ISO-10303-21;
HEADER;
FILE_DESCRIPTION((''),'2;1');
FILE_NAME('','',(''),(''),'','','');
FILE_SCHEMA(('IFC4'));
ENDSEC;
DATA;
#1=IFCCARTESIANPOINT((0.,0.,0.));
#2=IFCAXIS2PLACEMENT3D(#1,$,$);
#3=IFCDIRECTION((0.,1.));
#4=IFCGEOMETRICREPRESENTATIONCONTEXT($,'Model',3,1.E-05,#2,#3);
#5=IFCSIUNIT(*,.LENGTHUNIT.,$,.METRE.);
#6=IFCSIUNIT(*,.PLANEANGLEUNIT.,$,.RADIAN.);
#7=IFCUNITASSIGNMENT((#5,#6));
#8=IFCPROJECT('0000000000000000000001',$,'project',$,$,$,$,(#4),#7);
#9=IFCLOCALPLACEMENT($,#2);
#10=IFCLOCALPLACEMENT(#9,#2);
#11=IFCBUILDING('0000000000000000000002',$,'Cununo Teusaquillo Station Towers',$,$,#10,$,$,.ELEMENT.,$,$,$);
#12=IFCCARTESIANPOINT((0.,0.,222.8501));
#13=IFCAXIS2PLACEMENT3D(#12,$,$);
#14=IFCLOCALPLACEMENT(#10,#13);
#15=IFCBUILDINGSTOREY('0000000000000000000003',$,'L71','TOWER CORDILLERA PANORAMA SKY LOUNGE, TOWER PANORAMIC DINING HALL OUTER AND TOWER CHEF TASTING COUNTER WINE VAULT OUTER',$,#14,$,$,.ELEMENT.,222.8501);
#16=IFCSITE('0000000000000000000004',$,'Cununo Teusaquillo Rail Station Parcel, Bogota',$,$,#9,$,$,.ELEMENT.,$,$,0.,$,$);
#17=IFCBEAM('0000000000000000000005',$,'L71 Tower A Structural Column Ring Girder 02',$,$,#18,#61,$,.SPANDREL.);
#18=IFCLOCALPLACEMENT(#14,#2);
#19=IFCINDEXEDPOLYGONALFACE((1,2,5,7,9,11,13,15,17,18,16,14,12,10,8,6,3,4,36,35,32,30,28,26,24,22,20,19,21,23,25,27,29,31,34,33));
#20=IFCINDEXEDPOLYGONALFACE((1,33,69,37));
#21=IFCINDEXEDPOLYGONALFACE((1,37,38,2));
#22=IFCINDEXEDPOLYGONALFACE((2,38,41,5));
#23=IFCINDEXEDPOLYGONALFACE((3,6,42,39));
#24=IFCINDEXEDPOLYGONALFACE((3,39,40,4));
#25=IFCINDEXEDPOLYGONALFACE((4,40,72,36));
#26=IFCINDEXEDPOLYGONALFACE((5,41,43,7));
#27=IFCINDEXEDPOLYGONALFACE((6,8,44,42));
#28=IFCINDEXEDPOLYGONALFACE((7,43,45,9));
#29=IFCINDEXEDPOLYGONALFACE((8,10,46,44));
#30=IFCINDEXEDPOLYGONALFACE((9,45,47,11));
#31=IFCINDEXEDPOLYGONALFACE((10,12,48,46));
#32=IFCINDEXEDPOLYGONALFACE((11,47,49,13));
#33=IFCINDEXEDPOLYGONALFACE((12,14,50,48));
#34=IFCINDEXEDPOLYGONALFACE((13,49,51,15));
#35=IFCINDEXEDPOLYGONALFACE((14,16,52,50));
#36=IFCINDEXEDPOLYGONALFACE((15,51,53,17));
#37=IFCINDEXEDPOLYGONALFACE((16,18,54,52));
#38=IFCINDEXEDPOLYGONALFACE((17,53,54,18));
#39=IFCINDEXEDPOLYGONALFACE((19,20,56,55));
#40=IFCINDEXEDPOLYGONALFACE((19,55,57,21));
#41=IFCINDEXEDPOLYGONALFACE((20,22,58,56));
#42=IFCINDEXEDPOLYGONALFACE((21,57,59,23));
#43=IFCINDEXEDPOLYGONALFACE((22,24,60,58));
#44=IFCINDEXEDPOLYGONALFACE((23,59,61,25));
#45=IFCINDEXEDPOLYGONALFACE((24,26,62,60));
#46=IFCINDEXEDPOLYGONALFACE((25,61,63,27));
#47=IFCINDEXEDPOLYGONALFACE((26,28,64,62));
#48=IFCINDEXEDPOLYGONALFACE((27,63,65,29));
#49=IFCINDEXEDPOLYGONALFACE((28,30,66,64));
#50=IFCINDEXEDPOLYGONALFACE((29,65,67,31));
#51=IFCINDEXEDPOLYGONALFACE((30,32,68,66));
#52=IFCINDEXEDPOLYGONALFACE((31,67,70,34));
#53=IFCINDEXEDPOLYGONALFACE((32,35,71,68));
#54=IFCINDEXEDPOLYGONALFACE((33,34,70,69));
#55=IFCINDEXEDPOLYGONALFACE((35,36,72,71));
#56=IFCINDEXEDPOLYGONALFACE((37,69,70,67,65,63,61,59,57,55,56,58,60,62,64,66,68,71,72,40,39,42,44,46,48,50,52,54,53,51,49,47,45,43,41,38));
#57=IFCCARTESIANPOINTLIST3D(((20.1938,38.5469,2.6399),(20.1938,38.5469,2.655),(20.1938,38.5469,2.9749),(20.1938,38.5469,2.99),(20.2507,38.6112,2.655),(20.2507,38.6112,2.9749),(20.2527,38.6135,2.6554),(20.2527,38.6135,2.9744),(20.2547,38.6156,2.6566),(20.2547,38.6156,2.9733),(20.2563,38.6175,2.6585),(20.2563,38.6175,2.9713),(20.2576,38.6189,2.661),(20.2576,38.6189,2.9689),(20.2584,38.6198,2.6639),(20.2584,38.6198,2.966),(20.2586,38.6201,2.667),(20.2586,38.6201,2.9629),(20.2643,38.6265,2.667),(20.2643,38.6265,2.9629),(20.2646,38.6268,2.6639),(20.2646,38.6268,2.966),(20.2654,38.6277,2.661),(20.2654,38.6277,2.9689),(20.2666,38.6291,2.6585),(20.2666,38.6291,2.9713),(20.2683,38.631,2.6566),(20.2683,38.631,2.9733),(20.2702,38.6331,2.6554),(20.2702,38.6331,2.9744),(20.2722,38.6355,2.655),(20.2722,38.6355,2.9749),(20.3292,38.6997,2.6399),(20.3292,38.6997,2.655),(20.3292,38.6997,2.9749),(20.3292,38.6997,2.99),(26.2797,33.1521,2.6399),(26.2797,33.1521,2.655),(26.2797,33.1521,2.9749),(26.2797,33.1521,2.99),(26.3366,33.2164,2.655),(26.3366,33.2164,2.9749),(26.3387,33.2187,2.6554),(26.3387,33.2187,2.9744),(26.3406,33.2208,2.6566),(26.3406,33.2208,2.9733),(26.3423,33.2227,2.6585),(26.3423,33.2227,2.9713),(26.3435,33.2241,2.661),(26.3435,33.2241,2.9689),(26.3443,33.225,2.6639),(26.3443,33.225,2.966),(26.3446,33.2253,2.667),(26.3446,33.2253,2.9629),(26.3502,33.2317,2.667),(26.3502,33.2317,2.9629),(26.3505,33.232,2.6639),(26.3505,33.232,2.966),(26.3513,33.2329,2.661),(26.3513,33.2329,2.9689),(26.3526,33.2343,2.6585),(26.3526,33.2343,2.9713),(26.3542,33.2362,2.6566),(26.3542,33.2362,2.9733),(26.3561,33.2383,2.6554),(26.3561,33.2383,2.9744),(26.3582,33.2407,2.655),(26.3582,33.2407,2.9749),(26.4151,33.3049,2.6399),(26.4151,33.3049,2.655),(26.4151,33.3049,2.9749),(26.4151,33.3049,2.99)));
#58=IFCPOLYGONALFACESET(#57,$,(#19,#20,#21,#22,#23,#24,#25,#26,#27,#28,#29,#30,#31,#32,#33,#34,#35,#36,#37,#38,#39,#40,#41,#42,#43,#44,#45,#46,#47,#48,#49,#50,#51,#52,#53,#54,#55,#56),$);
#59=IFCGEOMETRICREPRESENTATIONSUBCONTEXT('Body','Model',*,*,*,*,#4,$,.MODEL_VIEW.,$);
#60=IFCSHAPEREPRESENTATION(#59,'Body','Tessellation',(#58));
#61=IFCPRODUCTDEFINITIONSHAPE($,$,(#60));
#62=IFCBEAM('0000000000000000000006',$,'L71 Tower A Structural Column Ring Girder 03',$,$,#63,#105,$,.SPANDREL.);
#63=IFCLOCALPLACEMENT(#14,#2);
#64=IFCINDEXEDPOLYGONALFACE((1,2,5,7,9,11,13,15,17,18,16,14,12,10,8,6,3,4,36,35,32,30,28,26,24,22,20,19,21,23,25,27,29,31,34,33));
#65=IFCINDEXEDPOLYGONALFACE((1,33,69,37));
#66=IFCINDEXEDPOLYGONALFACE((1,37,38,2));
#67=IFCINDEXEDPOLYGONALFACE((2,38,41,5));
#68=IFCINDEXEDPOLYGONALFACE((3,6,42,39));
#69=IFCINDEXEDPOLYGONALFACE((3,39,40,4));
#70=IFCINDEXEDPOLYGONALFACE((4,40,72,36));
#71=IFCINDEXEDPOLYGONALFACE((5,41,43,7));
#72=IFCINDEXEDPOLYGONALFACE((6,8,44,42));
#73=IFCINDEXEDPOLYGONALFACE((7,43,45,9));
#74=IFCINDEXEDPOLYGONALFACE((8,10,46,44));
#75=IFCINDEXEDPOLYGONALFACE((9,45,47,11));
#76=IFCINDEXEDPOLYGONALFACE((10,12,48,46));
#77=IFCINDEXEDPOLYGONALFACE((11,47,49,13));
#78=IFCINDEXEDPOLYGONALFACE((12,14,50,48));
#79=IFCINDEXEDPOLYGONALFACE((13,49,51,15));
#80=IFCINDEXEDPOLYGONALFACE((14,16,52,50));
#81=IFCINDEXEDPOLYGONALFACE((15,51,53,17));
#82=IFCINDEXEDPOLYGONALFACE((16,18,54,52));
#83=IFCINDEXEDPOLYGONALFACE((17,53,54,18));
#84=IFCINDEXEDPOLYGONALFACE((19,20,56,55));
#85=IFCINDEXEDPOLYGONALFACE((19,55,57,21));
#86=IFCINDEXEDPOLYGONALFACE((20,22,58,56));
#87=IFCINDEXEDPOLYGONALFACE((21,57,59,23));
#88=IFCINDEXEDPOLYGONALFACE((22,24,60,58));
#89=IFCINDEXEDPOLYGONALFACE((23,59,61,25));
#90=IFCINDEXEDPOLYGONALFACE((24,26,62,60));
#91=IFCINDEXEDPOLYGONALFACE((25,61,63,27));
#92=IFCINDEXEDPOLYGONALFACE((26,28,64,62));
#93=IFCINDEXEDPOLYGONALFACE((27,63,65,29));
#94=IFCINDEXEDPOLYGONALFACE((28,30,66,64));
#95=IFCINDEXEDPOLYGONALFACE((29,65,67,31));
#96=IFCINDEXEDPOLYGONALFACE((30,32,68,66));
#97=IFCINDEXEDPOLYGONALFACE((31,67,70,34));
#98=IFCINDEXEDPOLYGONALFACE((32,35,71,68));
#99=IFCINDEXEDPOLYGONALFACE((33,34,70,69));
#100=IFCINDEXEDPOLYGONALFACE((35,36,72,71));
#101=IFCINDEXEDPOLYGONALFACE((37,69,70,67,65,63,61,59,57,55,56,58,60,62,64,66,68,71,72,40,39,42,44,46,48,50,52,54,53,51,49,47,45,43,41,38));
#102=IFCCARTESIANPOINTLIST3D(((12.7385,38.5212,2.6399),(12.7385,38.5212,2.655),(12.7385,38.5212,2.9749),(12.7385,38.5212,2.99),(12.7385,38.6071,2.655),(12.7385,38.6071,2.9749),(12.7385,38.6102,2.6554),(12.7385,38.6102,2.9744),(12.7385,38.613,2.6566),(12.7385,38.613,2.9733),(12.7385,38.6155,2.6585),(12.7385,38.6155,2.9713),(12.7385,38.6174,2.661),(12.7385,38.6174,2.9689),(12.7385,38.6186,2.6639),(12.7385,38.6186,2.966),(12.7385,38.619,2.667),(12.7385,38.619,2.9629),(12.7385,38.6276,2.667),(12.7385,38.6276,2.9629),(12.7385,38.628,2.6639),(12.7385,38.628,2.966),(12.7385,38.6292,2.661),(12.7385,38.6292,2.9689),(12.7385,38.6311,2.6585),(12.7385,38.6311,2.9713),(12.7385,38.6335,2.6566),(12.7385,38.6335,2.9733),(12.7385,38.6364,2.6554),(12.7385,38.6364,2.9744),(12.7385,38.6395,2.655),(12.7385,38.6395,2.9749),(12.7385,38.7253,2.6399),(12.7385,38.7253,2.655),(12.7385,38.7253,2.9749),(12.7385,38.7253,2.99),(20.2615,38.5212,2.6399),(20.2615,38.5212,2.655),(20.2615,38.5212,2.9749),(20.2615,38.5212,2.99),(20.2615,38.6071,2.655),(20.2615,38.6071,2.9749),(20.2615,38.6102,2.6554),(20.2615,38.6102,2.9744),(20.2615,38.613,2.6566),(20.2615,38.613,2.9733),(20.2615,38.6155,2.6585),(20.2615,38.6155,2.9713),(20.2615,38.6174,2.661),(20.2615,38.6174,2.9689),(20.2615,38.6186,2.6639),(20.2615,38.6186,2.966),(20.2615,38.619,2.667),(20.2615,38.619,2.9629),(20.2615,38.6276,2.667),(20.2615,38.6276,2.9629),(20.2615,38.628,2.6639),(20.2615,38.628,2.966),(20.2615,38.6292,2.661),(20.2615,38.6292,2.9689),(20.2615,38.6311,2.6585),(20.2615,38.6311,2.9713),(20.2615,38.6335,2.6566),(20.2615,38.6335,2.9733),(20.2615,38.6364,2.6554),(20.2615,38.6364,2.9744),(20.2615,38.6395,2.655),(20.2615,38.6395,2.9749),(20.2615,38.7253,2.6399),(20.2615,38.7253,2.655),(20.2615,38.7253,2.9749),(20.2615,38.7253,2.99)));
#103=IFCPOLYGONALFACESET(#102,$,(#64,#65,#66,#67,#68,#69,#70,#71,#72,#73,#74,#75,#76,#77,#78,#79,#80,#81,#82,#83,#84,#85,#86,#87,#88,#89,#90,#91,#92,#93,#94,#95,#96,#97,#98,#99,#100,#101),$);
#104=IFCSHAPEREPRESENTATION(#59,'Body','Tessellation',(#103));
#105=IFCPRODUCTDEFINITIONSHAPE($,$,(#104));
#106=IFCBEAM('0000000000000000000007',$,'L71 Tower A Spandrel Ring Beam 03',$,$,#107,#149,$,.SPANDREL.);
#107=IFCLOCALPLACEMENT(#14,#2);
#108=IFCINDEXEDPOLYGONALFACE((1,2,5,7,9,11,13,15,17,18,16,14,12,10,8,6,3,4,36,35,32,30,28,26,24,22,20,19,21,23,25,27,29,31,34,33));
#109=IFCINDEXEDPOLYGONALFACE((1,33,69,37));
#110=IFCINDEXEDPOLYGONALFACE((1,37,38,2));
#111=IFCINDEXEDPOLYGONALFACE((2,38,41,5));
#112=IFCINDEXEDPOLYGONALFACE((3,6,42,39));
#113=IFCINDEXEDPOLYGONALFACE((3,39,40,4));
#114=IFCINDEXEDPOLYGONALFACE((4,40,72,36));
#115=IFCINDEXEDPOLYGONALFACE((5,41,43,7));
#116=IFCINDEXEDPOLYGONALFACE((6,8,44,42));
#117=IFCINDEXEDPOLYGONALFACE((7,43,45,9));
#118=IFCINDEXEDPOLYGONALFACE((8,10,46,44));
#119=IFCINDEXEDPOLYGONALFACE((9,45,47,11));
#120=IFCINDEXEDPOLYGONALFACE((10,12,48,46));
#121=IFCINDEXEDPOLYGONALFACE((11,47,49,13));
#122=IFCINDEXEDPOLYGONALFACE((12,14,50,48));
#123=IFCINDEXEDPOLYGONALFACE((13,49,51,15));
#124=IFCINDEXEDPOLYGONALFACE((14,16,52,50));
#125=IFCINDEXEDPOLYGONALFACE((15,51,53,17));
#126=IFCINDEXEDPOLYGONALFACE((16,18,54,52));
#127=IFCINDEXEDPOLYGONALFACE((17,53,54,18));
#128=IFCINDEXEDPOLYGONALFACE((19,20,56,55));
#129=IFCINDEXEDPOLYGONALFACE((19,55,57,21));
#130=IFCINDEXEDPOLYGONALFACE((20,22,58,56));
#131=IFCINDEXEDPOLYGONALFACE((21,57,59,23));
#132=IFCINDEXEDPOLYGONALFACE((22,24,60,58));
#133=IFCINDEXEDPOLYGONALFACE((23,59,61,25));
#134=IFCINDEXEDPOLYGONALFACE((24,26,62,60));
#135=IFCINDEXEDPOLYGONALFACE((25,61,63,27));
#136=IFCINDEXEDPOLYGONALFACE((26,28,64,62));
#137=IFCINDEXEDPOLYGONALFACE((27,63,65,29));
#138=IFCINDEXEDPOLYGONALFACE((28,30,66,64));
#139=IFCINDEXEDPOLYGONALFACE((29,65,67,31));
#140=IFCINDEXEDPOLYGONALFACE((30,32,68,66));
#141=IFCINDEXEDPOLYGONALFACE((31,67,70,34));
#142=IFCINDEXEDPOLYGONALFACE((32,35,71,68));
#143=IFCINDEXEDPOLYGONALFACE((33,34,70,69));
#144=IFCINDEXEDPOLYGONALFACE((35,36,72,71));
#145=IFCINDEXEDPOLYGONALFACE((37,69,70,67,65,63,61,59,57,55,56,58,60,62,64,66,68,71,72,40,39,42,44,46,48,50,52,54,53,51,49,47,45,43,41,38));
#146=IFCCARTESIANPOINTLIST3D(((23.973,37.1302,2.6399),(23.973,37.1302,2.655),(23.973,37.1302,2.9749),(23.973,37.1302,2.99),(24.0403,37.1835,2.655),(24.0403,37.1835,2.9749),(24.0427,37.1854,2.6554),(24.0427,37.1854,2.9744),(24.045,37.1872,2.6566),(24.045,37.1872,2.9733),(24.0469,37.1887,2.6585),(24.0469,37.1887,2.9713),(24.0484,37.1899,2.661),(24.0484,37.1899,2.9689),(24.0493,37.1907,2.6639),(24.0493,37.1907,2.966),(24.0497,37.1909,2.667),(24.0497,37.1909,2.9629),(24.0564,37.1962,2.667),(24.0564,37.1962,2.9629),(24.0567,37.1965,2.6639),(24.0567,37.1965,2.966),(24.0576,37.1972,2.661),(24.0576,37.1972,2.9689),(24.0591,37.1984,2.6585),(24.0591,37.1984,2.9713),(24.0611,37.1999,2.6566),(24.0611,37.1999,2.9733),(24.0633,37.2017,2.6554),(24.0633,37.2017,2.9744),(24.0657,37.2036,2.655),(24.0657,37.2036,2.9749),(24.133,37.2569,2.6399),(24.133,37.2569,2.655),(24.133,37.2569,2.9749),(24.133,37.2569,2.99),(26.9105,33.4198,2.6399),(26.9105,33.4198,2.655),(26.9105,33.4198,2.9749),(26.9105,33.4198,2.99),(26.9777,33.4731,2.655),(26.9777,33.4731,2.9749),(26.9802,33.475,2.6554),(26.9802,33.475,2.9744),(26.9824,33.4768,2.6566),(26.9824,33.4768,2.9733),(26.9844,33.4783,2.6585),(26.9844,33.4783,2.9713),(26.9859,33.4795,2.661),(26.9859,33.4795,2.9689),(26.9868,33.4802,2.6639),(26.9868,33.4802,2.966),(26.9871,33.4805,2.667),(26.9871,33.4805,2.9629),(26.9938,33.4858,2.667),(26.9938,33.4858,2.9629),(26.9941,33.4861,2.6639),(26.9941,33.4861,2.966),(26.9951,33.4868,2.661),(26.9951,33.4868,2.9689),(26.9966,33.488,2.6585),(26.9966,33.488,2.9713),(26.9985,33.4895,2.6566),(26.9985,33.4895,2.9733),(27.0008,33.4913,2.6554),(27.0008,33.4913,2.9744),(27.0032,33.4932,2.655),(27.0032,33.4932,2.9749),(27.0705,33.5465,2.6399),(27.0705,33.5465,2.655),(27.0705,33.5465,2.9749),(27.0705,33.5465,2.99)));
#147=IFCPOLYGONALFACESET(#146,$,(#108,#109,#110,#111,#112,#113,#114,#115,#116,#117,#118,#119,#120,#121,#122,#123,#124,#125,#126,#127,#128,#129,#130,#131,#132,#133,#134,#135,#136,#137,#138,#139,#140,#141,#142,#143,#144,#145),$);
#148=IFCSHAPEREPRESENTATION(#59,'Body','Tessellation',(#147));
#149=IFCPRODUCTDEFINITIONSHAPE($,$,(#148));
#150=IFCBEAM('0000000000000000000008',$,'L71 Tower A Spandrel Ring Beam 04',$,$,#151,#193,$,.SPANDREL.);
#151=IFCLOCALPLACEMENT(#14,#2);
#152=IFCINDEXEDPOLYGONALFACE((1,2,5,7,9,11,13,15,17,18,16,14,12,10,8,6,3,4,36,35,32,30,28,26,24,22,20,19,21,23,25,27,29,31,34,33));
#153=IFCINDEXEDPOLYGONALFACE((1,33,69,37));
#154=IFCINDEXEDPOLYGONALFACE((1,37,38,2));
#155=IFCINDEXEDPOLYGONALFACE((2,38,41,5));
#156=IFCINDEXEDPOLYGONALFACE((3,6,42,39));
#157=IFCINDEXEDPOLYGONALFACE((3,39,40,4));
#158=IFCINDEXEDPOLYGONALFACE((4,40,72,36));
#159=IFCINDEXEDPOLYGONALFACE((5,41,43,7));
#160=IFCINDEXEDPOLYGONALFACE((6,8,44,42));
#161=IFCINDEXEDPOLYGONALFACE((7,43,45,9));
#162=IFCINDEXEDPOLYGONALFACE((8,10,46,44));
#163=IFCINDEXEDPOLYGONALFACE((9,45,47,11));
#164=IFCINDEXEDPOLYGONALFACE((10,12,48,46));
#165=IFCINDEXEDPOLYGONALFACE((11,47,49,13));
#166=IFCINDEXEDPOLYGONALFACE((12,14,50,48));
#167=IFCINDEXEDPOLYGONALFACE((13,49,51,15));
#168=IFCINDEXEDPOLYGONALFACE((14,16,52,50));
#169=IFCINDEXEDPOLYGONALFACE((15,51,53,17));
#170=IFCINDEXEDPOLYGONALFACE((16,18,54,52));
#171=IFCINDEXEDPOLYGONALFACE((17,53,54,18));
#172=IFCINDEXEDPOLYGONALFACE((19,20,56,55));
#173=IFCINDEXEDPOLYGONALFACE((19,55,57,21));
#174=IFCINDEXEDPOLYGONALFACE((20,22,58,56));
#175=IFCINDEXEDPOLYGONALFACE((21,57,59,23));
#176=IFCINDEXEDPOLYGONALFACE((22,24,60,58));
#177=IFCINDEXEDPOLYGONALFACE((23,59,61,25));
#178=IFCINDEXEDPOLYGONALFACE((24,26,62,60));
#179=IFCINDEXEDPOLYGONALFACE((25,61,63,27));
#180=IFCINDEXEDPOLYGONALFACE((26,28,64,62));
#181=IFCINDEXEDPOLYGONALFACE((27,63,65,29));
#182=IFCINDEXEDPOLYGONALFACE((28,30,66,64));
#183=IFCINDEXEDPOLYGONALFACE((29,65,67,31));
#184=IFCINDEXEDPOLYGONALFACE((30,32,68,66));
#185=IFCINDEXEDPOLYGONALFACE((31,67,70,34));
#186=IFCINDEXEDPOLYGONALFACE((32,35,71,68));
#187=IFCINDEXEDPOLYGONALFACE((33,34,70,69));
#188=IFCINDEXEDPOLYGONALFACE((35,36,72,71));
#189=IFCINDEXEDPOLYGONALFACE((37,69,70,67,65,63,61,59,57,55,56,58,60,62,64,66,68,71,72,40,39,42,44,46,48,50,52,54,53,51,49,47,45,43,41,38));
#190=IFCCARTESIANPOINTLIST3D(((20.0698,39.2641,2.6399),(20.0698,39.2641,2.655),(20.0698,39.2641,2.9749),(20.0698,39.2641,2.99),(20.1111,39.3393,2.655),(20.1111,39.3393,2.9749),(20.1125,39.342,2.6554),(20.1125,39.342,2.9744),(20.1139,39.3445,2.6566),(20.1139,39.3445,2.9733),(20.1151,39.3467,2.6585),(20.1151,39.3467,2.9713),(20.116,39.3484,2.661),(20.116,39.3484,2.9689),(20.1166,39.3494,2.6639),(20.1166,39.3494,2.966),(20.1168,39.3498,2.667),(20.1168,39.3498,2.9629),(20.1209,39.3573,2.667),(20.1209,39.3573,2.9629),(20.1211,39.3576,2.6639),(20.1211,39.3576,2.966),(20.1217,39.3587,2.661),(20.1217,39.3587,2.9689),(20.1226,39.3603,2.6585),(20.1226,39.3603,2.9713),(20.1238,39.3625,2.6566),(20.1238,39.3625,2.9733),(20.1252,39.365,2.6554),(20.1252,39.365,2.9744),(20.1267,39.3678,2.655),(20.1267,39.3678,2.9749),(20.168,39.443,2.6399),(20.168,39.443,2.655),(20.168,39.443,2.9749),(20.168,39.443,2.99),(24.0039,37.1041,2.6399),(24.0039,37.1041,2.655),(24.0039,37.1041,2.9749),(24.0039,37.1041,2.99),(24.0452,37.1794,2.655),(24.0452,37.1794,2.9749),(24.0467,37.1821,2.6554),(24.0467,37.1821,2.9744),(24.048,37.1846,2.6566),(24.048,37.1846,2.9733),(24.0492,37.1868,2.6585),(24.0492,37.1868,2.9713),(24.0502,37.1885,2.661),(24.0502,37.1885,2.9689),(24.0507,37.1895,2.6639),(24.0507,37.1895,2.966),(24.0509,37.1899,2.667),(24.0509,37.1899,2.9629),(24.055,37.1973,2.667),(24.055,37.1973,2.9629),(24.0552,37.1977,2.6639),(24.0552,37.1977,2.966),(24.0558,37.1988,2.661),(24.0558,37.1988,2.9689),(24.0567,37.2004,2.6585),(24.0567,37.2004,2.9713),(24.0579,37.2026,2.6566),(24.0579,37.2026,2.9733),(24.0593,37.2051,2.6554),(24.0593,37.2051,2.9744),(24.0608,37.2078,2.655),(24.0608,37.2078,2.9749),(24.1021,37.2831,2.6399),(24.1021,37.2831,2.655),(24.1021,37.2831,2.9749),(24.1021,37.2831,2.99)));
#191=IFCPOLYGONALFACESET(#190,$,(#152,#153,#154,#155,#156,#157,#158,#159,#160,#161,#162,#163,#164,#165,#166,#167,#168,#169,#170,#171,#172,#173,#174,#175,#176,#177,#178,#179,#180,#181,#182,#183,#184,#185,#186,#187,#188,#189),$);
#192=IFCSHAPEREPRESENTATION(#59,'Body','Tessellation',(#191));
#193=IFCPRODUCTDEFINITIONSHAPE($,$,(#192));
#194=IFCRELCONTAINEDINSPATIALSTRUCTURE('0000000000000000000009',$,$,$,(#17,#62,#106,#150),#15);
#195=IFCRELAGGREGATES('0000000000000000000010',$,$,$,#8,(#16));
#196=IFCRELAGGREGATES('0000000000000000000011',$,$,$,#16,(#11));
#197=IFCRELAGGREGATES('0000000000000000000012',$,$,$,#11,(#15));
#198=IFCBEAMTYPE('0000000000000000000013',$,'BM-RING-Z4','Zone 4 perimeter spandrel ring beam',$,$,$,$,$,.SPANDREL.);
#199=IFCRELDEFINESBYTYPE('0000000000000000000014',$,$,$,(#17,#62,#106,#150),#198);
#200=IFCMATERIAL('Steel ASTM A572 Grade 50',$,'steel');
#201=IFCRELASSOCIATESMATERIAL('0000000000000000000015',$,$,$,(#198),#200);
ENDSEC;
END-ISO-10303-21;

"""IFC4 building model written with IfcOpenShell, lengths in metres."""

from ifc_helpers import new_model, si_unit, direction, frame, origin, origin_2d, place, context, subcontext, project, spatial, i_section, extrude, material, material_profile, profile_set, type_object, element, save


model = new_model("IFC4")

# Units and contexts
model_context = context("Model", 3, precision=1e-05, world=origin(), true_north=direction((0.0, 1.0)))
body_context = subcontext(model_context, "Body", "Model", "MODEL_VIEW")
ifc_project = project(units=[si_unit("LENGTHUNIT", "METRE"), si_unit("PLANEANGLEUNIT", "RADIAN")], contexts=[model_context])

# Site, building, storey
site_placement = place(None, origin())
site = spatial("IfcSite", under=ifc_project, at=site_placement, Name="Cununo Teusaquillo Rail Station Parcel, Bogota", CompositionType="ELEMENT", RefElevation=0.0)
building_placement = place(site_placement, origin())
building = spatial("IfcBuilding", under=site, at=building_placement, Name="Cununo Teusaquillo Station Towers", CompositionType="ELEMENT")
storey_placement = place(building_placement, frame((0.0, 0.0, 222.8501)))
storey = spatial("IfcBuildingStorey", under=building, at=storey_placement, Name="L71", Description="TOWER CORDILLERA PANORAMA SKY LOUNGE, TOWER PANORAMIC DINING HALL OUTER AND TOWER CHEF TASTING COUNTER WINE VAULT OUTER", CompositionType="ELEMENT", Elevation=222.8501)

# Beams
ifc_material_1 = material(Name="Steel ASTM A572 Grade 50", Category="steel")
ifc_material_profile_1 = material_profile(ifc_material_1, i_section(OverallWidth=0.2041, OverallDepth=0.3501, WebThickness=0.0085, FlangeThickness=0.0151, FilletRadius=0.012, at=origin_2d()), Name="W14X48")
ifc_profile_set_1 = profile_set([ifc_material_profile_1], Name="Steel ASTM A572 Grade 50")
beam_type_1 = type_object("IfcBeamType", Name="BM-RING-Z4", Description="Zone 4 perimeter spandrel ring beam", PredefinedType="SPANDREL", material=ifc_profile_set_1)
beam_1_placement = place(storey_placement, frame((26.3474, 33.2285, 2.8149), z_axis=(-0.748321, 0.663337, 0.0), x_axis=(-0.663337, -0.748321, 0.0)))
element("IfcBeam", 1, at=beam_1_placement, inside=storey, type_object=beam_type_1, Name="L71 Tower A Structural Column Ring Girder 02", PredefinedType="SPANDREL", context=body_context, shape_type="SweptSolid", body=[
    extrude(i_section(OverallWidth=0.2041, OverallDepth=0.3501, WebThickness=0.0085, FlangeThickness=0.0151, FilletRadius=0.012, at=origin_2d()), origin(), (0.0, 0.0, 1.0), 8.1328),
])
beam_2_placement = place(storey_placement, frame((20.2615, 38.6233, 2.8149), z_axis=(-1.0, 0.0, 0.0), x_axis=(0.0, -1.0, 0.0)))
element("IfcBeam", 2, at=beam_2_placement, inside=storey, type_object=beam_type_1, Name="L71 Tower A Structural Column Ring Girder 03", PredefinedType="SPANDREL", context=body_context, shape_type="SweptSolid", body=[
    extrude(i_section(OverallWidth=0.2041, OverallDepth=0.3501, WebThickness=0.0085, FlangeThickness=0.0151, FilletRadius=0.012, at=origin_2d()), origin(), (0.0, 0.0, 1.0), 7.5229),
])
beam_3_placement = place(storey_placement, frame((26.9905, 33.4832, 2.8149), z_axis=(-0.620711, 0.78404, 0.0), x_axis=(-0.78404, -0.620711, 0.0)))
element("IfcBeam", 3, at=beam_3_placement, inside=storey, type_object=beam_type_1, Name="L71 Tower A Spandrel Ring Beam 03", PredefinedType="SPANDREL", context=body_context, shape_type="SweptSolid", body=[
    extrude(i_section(OverallWidth=0.2041, OverallDepth=0.3501, WebThickness=0.0085, FlangeThickness=0.0151, FilletRadius=0.012, at=origin_2d()), origin(), (0.0, 0.0, 1.0), 4.7324),
])
beam_4_placement = place(storey_placement, frame((24.053, 37.1936, 2.8149), z_axis=(-0.876576, 0.481263, 0.0), x_axis=(-0.481263, -0.876576, 0.0)))
element("IfcBeam", 4, at=beam_4_placement, inside=storey, type_object=beam_type_1, Name="L71 Tower A Spandrel Ring Beam 04", PredefinedType="SPANDREL", context=body_context, shape_type="SweptSolid", body=[
    extrude(i_section(OverallWidth=0.2041, OverallDepth=0.3501, WebThickness=0.0085, FlangeThickness=0.0151, FilletRadius=0.012, at=origin_2d()), origin(), (0.0, 0.0, 1.0), 4.488),
])

save(model, "model.ifc")
